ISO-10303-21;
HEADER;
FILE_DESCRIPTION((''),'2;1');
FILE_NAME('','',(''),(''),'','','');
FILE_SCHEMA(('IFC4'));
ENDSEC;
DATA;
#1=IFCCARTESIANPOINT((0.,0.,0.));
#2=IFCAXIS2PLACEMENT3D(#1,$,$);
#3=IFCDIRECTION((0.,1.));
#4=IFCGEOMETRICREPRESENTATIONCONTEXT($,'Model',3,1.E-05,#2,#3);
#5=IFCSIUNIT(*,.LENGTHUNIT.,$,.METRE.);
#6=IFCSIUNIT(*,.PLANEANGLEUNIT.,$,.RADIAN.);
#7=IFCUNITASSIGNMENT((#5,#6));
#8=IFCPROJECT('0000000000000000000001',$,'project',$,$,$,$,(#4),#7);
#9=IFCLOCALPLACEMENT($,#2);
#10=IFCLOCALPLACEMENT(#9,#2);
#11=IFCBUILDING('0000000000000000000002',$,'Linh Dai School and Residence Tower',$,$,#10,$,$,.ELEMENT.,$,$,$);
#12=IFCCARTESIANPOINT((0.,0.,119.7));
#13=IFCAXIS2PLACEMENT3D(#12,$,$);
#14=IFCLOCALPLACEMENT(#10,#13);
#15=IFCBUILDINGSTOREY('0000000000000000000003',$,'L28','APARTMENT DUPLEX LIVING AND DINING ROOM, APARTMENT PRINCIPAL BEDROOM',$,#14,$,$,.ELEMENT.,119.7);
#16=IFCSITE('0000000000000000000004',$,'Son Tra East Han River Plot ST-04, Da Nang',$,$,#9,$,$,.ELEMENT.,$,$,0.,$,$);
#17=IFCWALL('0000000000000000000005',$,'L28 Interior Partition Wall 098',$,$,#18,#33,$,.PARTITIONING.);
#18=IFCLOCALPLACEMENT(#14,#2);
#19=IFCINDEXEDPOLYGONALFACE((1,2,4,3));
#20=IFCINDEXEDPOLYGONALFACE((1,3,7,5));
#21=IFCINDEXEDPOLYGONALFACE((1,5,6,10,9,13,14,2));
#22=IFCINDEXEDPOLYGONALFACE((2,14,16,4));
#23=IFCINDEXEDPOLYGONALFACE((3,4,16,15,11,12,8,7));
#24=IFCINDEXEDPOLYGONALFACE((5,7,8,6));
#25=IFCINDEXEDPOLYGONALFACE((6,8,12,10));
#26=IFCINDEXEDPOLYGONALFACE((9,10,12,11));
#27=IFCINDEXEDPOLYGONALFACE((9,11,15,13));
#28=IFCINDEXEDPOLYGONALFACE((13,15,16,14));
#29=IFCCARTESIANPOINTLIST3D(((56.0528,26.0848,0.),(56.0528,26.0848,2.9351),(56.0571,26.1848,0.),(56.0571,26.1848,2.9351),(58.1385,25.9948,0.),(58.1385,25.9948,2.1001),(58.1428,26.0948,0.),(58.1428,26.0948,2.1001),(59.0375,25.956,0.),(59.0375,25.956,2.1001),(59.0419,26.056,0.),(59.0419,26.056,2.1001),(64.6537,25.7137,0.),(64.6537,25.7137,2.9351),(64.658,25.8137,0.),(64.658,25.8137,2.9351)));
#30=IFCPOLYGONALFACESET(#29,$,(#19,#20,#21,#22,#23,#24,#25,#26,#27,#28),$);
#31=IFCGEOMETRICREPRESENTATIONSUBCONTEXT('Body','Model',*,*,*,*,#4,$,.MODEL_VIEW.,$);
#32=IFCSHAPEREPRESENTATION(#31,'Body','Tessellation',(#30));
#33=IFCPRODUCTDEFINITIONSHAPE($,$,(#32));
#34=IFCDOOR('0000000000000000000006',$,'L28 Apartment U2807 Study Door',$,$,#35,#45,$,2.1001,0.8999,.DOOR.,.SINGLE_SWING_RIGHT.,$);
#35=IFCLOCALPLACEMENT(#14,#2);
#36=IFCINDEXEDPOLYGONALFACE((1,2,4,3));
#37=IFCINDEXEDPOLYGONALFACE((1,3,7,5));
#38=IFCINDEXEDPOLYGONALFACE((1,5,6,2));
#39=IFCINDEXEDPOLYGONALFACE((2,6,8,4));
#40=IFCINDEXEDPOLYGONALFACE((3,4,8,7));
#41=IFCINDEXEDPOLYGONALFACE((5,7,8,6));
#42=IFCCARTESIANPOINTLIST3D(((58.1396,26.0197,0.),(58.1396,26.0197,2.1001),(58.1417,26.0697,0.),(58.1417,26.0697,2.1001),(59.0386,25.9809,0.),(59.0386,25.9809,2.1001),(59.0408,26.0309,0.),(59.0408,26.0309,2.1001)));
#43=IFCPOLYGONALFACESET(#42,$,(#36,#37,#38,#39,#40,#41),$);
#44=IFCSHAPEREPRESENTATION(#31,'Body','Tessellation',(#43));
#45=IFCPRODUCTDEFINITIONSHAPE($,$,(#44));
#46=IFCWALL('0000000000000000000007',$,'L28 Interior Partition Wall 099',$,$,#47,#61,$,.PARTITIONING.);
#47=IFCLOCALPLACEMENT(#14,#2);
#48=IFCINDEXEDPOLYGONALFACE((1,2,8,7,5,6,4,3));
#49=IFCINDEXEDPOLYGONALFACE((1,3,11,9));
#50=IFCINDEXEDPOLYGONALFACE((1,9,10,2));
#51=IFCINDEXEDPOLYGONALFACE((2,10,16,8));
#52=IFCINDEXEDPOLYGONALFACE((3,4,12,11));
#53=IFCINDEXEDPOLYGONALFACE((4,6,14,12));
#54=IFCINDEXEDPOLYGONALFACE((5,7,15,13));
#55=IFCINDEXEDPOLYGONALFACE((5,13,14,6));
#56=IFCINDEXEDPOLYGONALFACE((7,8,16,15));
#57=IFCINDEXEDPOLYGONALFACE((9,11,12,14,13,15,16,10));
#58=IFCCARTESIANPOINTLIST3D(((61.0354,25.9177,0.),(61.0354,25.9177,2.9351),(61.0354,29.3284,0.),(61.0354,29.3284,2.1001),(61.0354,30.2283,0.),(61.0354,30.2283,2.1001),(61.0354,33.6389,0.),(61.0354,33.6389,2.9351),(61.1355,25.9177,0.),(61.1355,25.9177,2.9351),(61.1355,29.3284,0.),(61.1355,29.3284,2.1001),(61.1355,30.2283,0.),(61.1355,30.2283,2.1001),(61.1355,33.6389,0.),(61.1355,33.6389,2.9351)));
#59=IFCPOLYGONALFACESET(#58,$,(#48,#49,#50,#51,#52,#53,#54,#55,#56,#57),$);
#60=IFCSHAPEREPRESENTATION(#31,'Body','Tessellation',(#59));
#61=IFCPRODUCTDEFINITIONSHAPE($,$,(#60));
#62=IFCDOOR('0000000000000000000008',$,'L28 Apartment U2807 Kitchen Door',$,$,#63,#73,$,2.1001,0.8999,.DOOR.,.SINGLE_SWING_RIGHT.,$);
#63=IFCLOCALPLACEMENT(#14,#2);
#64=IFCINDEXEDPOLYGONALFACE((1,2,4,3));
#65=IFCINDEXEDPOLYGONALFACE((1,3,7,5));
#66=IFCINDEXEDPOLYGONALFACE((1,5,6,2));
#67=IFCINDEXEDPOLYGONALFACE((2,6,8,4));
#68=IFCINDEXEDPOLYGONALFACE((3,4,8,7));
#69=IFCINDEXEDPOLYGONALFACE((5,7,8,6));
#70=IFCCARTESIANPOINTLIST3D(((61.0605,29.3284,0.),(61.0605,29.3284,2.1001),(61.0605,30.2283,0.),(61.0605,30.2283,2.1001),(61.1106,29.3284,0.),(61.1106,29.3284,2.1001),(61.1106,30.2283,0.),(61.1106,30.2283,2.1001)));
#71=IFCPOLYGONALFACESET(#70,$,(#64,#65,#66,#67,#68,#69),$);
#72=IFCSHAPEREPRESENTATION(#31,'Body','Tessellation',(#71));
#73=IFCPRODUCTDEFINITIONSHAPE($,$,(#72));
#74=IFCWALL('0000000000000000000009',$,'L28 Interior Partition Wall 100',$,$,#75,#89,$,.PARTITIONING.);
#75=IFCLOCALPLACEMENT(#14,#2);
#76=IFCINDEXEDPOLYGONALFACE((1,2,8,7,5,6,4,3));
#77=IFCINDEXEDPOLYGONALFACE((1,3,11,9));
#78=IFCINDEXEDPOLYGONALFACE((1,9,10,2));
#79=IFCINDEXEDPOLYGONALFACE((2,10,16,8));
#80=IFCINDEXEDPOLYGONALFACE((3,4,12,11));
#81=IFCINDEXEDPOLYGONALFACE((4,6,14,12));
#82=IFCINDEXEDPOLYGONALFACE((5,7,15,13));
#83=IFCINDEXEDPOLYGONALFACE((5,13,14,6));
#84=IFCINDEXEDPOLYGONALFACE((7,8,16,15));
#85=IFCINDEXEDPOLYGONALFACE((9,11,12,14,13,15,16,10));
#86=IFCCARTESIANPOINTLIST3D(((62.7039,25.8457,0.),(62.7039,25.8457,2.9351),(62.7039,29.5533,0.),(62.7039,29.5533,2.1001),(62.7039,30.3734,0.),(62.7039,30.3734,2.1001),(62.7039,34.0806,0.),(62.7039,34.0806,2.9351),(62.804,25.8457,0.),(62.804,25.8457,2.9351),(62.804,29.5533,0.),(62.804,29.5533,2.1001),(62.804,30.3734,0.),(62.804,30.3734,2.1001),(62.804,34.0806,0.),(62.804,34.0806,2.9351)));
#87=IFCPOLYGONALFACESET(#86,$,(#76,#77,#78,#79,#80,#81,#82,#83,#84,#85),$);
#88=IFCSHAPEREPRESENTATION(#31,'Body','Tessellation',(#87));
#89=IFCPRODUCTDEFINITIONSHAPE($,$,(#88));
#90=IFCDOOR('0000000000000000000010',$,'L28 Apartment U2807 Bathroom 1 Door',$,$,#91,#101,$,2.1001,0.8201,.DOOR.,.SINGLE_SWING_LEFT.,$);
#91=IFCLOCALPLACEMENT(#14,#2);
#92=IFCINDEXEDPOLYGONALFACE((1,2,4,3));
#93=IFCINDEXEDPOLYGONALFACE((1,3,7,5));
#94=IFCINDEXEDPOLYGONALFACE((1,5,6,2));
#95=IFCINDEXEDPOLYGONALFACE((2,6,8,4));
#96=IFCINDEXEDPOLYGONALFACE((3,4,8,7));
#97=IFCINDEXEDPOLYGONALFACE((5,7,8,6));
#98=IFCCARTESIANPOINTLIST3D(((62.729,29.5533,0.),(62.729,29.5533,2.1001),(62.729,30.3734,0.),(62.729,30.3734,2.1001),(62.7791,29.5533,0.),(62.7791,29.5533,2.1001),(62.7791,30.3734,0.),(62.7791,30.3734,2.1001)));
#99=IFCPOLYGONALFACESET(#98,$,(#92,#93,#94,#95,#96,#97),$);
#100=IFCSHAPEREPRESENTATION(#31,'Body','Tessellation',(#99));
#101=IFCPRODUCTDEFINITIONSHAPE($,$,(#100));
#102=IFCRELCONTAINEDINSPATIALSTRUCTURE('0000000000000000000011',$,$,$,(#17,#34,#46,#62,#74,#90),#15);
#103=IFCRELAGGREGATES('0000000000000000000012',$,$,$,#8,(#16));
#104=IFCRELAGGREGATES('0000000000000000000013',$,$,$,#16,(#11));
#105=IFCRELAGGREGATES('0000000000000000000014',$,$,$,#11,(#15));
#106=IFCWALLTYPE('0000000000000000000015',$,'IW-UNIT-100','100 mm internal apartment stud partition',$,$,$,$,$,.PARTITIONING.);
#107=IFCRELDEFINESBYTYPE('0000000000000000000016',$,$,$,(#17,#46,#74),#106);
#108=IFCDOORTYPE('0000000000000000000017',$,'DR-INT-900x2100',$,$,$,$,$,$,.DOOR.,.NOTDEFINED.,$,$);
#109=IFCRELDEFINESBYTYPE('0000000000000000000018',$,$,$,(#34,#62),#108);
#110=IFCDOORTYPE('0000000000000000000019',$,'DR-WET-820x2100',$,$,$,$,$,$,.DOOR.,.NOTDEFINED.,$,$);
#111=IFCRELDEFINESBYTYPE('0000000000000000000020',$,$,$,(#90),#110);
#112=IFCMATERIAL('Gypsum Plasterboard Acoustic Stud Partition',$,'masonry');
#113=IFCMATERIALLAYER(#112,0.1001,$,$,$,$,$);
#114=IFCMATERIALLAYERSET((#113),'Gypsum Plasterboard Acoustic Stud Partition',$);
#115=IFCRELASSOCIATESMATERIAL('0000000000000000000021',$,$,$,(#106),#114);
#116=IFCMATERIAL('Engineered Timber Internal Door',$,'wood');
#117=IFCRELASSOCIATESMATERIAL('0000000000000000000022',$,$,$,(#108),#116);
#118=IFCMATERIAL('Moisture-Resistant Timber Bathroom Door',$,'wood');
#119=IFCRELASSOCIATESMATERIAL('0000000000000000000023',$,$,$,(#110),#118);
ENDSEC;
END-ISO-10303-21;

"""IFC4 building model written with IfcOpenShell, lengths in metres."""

from ifc_helpers import new_model, si_unit, direction, frame, frame_2d, origin, origin_2d, place, context, subcontext, project, spatial, rectangle, extrude, source, transform, mapped, material, layer, layer_set, type_object, element, fill, save


model = new_model("IFC4")

# Units and contexts
model_context = context("Model", 3, precision=1e-05, world=origin(), true_north=direction((0.0, 1.0)))
body_context = subcontext(model_context, "Body", "Model", "MODEL_VIEW")
ifc_project = project(units=[si_unit("LENGTHUNIT", "METRE"), si_unit("PLANEANGLEUNIT", "RADIAN")], contexts=[model_context])

# Site, building, storey
site_placement = place(None, origin())
site = spatial("IfcSite", under=ifc_project, at=site_placement, Name="Son Tra East Han River Plot ST-04, Da Nang", CompositionType="ELEMENT", RefElevation=0.0)
building_placement = place(site_placement, origin())
building = spatial("IfcBuilding", under=site, at=building_placement, Name="Linh Dai School and Residence Tower", CompositionType="ELEMENT")
storey_placement = place(building_placement, frame((0.0, 0.0, 119.7)))
storey = spatial("IfcBuildingStorey", under=building, at=storey_placement, Name="L28", Description="APARTMENT DUPLEX LIVING AND DINING ROOM, APARTMENT PRINCIPAL BEDROOM", CompositionType="ELEMENT", Elevation=119.7)

# Shared definitions
ifc_material_1 = material(Name="Gypsum Plasterboard Acoustic Stud Partition", Category="masonry")
ifc_layer_1 = layer(ifc_material_1, 0.1001)
ifc_layer_set_1 = layer_set([ifc_layer_1], Name="Gypsum Plasterboard Acoustic Stud Partition")
wall_type_1 = type_object("IfcWallType", Name="IW-UNIT-100", Description="100 mm internal apartment stud partition", PredefinedType="PARTITIONING", material=ifc_layer_set_1)
ifc_material_2 = material(Name="Engineered Timber Internal Door", Category="wood")
door_type_1 = type_object("IfcDoorType", Name="DR-INT-900x2100", OperationType="NOTDEFINED", PredefinedType="DOOR", material=ifc_material_2)
shared_shape_1 = source(origin(), body_context, "Body", "SweptSolid", [
    extrude(rectangle(XDim=0.8999, YDim=2.1001, at=origin_2d()), frame((0.45, 0.0249, 1.05), z_axis=(0.0, -1.0, 0.0), x_axis=(1.0, 0.0, 0.0)), (0.0, 0.0, 1.0), 0.05),
])

# Walls, openings, doors
wall_1_placement = place(storey_placement, frame((56.0549, 26.1348, 0.0), z_axis=(0.0, 0.0, 1.0), x_axis=(0.99907, -0.043106, 0.0)))
wall_1 = element("IfcWall", 1, at=wall_1_placement, inside=storey, type_object=wall_type_1, Name="L28 Interior Partition Wall 098", PredefinedType="PARTITIONING", context=body_context, shape_type="SweptSolid", body=[
    extrude(rectangle(XDim=8.6089, YDim=0.1001, at=frame_2d((4.3044, 0.0))), origin(), (0.0, 0.0, 1.0), 2.9351),
])
opening_1_placement = place(wall_1_placement, frame((2.0876, 0.0, 0.0)))
opening_1 = element("IfcOpeningElement", 2, at=opening_1_placement, cuts=wall_1, PredefinedType="OPENING", context=body_context, shape_type="SweptSolid", body=[
    extrude(rectangle(XDim=0.8999, YDim=2.1001, at=origin_2d()), frame((0.45, 0.0601, 1.05), z_axis=(0.0, -1.0, 0.0), x_axis=(1.0, 0.0, 0.0)), (0.0, 0.0, 1.0), 0.1201),
])
door_1_placement = place(opening_1_placement, origin())
door_1 = element("IfcDoor", 3, at=door_1_placement, inside=storey, type_object=door_type_1, Name="L28 Apartment U2807 Study Door", OperationType="SINGLE_SWING_RIGHT", OverallHeight=2.1001, OverallWidth=0.8999, PredefinedType="DOOR", context=body_context, shape_type="MappedRepresentation", body=[
    mapped(shared_shape_1, transform((0.0, 0.0, 0.0), x_axis=(1.0, 0.0, 0.0), y_axis=(0.0, 1.0, 0.0), z_axis=(0.0, 0.0, 1.0), scale=1.0)),
])
fill(opening_1, door_1)
wall_2_placement = place(storey_placement, frame((61.0854, 25.9177, 0.0), z_axis=(0.0, 0.0, 1.0), x_axis=(0.0, 1.0, 0.0)))
wall_2 = element("IfcWall", 4, at=wall_2_placement, inside=storey, type_object=wall_type_1, Name="L28 Interior Partition Wall 099", PredefinedType="PARTITIONING", context=body_context, shape_type="SweptSolid", body=[
    extrude(rectangle(XDim=7.7212, YDim=0.1001, at=frame_2d((3.8606, 0.0))), origin(), (0.0, 0.0, 1.0), 2.9351),
])
opening_2_placement = place(wall_2_placement, frame((3.4106, 0.0, 0.0)))
opening_2 = element("IfcOpeningElement", 5, at=opening_2_placement, cuts=wall_2, PredefinedType="OPENING", context=body_context, shape_type="SweptSolid", body=[
    extrude(rectangle(XDim=0.8999, YDim=2.1001, at=origin_2d()), frame((0.45, 0.0601, 1.05), z_axis=(0.0, -1.0, 0.0), x_axis=(1.0, 0.0, 0.0)), (0.0, 0.0, 1.0), 0.1201),
])
door_2_placement = place(opening_2_placement, origin())
door_2 = element("IfcDoor", 6, at=door_2_placement, inside=storey, type_object=door_type_1, Name="L28 Apartment U2807 Kitchen Door", OperationType="SINGLE_SWING_RIGHT", OverallHeight=2.1001, OverallWidth=0.8999, PredefinedType="DOOR", context=body_context, shape_type="MappedRepresentation", body=[
    mapped(shared_shape_1, transform((0.0, 0.0, 0.0), x_axis=(1.0, 0.0, 0.0), y_axis=(0.0, 1.0, 0.0), z_axis=(0.0, 0.0, 1.0), scale=1.0)),
])
fill(opening_2, door_2)
wall_3_placement = place(storey_placement, frame((62.7539, 25.8457, 0.0), z_axis=(0.0, 0.0, 1.0), x_axis=(0.0, 1.0, 0.0)))
wall_3 = element("IfcWall", 7, at=wall_3_placement, inside=storey, type_object=wall_type_1, Name="L28 Interior Partition Wall 100", PredefinedType="PARTITIONING", context=body_context, shape_type="SweptSolid", body=[
    extrude(rectangle(XDim=8.2349, YDim=0.1001, at=frame_2d((4.1174, 0.0))), origin(), (0.0, 0.0, 1.0), 2.9351),
])
opening_3_placement = place(wall_3_placement, frame((3.7075, 0.0, 0.0)))
opening_3 = element("IfcOpeningElement", 8, at=opening_3_placement, cuts=wall_3, PredefinedType="OPENING", context=body_context, shape_type="SweptSolid", body=[
    extrude(rectangle(XDim=0.8201, YDim=2.1001, at=origin_2d()), frame((0.4102, 0.0601, 1.05), z_axis=(0.0, -1.0, 0.0), x_axis=(1.0, 0.0, 0.0)), (0.0, 0.0, 1.0), 0.1201),
])
ifc_material_3 = material(Name="Moisture-Resistant Timber Bathroom Door", Category="wood")
door_type_2 = type_object("IfcDoorType", Name="DR-WET-820x2100", OperationType="NOTDEFINED", PredefinedType="DOOR", material=ifc_material_3)
shared_shape_2 = source(origin(), body_context, "Body", "SweptSolid", [
    extrude(rectangle(XDim=0.8201, YDim=2.1001, at=origin_2d()), frame((0.4102, 0.0249, 1.05), z_axis=(0.0, -1.0, 0.0), x_axis=(1.0, 0.0, 0.0)), (0.0, 0.0, 1.0), 0.05),
])
door_3_placement = place(opening_3_placement, origin())
door_3 = element("IfcDoor", 9, at=door_3_placement, inside=storey, type_object=door_type_2, Name="L28 Apartment U2807 Bathroom 1 Door", OperationType="SINGLE_SWING_LEFT", OverallHeight=2.1001, OverallWidth=0.8201, PredefinedType="DOOR", context=body_context, shape_type="MappedRepresentation", body=[
    mapped(shared_shape_2, transform((0.0, 0.0, 0.0), x_axis=(1.0, 0.0, 0.0), y_axis=(0.0, 1.0, 0.0), z_axis=(0.0, 0.0, 1.0), scale=1.0)),
])
fill(opening_3, door_3)

save(model, "model.ifc")
